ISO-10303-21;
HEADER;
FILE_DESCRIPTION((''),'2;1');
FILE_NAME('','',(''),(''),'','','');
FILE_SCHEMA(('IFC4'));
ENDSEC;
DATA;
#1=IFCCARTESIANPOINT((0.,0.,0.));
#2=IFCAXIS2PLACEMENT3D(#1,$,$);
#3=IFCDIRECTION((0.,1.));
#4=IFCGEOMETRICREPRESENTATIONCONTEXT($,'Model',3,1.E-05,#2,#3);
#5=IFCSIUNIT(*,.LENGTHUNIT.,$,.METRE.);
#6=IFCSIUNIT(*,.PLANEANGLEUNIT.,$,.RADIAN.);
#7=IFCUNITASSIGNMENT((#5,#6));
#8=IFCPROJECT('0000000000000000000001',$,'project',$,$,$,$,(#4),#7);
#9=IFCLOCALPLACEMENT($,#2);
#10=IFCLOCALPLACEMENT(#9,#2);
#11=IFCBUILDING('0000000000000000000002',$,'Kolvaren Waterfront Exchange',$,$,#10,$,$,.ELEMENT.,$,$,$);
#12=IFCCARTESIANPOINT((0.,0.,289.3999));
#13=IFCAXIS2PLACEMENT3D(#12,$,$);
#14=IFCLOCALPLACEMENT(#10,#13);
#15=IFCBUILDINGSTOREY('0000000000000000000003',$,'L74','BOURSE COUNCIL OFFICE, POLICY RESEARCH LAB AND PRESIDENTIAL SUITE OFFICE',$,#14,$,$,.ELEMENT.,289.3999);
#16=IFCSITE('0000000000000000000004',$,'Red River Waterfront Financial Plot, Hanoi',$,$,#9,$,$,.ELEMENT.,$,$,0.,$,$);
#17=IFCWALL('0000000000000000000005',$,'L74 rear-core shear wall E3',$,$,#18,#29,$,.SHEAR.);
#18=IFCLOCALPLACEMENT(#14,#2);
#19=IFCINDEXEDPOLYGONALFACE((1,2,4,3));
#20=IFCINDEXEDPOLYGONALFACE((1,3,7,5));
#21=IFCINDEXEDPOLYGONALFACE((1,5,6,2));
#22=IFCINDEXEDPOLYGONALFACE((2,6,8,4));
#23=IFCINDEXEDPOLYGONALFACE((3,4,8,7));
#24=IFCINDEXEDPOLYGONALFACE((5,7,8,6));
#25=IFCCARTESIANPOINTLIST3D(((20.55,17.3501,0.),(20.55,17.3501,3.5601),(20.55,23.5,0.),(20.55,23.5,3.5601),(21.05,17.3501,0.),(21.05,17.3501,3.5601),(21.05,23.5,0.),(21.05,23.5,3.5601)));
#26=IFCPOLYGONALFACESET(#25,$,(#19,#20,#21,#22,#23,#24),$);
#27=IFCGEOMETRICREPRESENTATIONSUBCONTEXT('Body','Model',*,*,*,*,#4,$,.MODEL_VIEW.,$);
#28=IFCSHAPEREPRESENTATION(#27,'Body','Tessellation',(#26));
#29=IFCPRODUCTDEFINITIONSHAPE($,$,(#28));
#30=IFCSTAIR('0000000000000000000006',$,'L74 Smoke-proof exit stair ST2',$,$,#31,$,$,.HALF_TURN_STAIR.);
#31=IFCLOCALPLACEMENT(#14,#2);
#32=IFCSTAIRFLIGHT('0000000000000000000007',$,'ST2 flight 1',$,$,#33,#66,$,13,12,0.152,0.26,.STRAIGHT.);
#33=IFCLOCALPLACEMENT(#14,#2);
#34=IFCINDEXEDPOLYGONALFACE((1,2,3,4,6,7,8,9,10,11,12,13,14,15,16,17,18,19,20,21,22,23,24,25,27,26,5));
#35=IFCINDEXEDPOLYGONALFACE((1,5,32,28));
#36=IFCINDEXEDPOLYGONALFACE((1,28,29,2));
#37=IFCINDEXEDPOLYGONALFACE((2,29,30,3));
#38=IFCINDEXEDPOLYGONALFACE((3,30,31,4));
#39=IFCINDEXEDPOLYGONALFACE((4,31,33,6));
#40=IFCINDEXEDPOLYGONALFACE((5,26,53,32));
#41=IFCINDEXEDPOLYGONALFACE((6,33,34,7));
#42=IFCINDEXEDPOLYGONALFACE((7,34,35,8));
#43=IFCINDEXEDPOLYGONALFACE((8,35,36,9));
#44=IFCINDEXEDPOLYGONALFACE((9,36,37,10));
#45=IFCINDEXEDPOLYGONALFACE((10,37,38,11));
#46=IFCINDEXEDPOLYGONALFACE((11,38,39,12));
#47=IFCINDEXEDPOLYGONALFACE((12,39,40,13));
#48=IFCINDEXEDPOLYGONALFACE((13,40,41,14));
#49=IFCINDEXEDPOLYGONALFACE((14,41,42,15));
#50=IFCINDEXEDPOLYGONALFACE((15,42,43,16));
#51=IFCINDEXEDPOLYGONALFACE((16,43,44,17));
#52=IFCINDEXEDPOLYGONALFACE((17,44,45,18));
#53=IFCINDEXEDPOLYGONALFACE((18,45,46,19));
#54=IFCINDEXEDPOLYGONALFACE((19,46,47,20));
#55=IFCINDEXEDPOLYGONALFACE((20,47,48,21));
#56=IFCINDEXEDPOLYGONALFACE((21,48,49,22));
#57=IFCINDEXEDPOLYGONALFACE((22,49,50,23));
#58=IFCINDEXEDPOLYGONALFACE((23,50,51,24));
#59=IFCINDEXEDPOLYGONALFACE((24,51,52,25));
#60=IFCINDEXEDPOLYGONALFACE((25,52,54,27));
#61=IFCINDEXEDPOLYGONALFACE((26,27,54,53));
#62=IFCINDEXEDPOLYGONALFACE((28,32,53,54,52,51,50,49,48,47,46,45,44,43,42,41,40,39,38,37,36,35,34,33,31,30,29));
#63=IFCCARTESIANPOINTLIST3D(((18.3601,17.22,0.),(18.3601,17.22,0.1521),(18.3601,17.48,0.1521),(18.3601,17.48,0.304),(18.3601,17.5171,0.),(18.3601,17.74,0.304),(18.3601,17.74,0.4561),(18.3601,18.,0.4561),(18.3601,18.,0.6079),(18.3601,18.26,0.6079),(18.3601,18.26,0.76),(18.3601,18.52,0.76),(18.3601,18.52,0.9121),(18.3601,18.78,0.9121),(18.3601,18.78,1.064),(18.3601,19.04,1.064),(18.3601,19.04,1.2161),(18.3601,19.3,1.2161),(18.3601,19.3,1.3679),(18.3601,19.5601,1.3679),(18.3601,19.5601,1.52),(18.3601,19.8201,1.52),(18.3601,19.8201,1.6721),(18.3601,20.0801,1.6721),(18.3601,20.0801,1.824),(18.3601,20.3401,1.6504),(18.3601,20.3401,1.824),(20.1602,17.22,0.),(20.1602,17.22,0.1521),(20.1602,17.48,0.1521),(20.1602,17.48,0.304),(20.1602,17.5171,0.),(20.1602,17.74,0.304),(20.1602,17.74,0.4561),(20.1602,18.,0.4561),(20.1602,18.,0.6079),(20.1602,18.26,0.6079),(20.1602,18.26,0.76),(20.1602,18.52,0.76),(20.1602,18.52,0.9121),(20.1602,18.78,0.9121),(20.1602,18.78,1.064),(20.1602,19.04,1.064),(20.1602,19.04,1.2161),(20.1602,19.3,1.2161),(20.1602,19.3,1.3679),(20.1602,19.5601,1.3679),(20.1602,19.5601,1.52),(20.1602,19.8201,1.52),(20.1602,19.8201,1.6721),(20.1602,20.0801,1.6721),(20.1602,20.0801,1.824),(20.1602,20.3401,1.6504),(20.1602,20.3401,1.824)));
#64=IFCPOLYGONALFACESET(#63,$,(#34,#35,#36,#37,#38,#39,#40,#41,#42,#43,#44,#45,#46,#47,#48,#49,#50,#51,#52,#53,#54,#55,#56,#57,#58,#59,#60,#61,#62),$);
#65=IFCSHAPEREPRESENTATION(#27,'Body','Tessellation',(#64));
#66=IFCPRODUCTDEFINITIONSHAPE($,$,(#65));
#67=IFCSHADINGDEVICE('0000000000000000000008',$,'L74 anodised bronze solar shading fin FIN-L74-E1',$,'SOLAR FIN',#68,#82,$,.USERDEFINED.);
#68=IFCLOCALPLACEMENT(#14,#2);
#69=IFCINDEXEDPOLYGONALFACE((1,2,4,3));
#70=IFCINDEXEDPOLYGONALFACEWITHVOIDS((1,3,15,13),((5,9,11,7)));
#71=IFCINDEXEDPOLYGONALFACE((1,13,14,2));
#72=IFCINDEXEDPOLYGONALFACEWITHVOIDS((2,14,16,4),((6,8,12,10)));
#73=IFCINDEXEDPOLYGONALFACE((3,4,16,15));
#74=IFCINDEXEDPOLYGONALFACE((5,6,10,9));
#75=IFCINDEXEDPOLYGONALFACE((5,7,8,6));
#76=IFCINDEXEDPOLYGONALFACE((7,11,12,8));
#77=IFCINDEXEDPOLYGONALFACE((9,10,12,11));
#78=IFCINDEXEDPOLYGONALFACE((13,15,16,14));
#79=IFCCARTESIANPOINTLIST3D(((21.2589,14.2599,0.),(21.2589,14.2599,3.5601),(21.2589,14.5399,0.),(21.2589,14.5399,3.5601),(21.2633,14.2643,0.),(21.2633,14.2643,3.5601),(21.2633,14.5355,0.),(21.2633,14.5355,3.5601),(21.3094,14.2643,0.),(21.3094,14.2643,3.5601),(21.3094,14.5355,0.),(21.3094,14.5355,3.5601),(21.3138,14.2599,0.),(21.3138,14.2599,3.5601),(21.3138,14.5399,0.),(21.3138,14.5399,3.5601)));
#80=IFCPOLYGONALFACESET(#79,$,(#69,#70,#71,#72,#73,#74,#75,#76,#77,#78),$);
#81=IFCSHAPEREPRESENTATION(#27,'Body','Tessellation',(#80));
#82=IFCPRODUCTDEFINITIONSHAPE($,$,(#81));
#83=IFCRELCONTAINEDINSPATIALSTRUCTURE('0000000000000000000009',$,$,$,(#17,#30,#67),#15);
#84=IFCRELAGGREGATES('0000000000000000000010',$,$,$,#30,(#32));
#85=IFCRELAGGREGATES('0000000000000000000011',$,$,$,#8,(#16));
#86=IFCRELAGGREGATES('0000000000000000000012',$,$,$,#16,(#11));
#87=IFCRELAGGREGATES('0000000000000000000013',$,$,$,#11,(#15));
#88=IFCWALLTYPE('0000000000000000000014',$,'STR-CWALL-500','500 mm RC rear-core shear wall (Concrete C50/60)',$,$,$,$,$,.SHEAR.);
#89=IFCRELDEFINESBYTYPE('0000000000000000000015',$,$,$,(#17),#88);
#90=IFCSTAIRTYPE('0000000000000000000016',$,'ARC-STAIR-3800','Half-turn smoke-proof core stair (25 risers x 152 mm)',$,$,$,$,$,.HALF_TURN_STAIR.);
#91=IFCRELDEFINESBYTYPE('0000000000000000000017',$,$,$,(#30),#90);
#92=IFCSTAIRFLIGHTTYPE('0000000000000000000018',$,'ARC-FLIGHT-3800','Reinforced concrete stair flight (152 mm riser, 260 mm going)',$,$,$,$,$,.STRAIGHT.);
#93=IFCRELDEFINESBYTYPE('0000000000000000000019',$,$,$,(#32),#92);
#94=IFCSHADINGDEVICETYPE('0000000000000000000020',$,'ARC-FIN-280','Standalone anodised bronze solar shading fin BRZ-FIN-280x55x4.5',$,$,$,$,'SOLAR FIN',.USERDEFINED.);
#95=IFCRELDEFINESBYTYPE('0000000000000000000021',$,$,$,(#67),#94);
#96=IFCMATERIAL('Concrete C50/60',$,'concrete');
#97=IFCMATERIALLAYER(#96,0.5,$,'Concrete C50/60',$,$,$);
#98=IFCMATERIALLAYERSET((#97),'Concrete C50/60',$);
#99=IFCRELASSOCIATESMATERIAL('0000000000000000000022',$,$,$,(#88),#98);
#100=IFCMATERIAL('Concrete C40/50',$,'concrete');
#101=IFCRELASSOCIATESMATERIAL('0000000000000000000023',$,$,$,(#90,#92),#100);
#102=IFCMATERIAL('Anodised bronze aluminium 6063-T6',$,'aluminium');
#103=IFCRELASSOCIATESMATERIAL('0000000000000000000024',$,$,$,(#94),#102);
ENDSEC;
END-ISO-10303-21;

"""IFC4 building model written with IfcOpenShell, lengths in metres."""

from ifc_helpers import new_model, si_unit, direction, frame, frame_2d, origin, origin_2d, place, context, subcontext, project, spatial, polyline, rectangle, hollow_rectangle, outline, extrude, material, layer, layer_set, material_profile, profile_set, type_object, element, aggregate, save


model = new_model("IFC4")

# Units and contexts
model_context = context("Model", 3, precision=1e-05, world=origin(), true_north=direction((0.0, 1.0)))
body_context = subcontext(model_context, "Body", "Model", "MODEL_VIEW")
ifc_project = project(units=[si_unit("LENGTHUNIT", "METRE"), si_unit("PLANEANGLEUNIT", "RADIAN")], contexts=[model_context])

# Site, building, storey
site_placement = place(None, origin())
site = spatial("IfcSite", under=ifc_project, at=site_placement, Name="Red River Waterfront Financial Plot, Hanoi", CompositionType="ELEMENT", RefElevation=0.0)
building_placement = place(site_placement, origin())
building = spatial("IfcBuilding", under=site, at=building_placement, Name="Kolvaren Waterfront Exchange", CompositionType="ELEMENT")
storey_placement = place(building_placement, frame((0.0, 0.0, 289.3999)))
storey = spatial("IfcBuildingStorey", under=building, at=storey_placement, Name="L74", Description="BOURSE COUNCIL OFFICE, POLICY RESEARCH LAB AND PRESIDENTIAL SUITE OFFICE", CompositionType="ELEMENT", Elevation=289.3999)

# Shared definitions
ifc_material_1 = material(Name="Concrete C50/60", Category="concrete")

# Wall
ifc_material_2 = material(Name="Concrete C40/50", Category="concrete")
ifc_layer_1 = layer(ifc_material_1, 0.5, Name="Concrete C50/60")
ifc_layer_set_1 = layer_set([ifc_layer_1], Name="Concrete C50/60")
wall_type_1 = type_object("IfcWallType", Name="STR-CWALL-500", Description="500 mm RC rear-core shear wall (Concrete C50/60)", PredefinedType="SHEAR", material=ifc_layer_set_1)
wall_1_placement = place(storey_placement, frame((20.8, 17.3501, 0.0), z_axis=(0.0, 0.0, 1.0), x_axis=(0.0, 1.0, 0.0)))
element("IfcWall", 1, at=wall_1_placement, inside=storey, type_object=wall_type_1, Name="L74 rear-core shear wall E3", PredefinedType="SHEAR", context=body_context, shape_type="SweptSolid", body=[
    extrude(rectangle(XDim=6.1499, YDim=0.5, at=frame_2d((3.075, 0.0))), origin(), (0.0, 0.0, 1.0), 3.5601),
])

# Stair, stair flight
stair_type = type_object("IfcStairType", Name="ARC-STAIR-3800", Description="Half-turn smoke-proof core stair (25 risers x 152 mm)", PredefinedType="HALF_TURN_STAIR", material=ifc_material_2)
stair_placement = place(storey_placement, origin())
stair = element("IfcStair", 2, at=stair_placement, inside=storey, type_object=stair_type, Name="L74 Smoke-proof exit stair ST2", PredefinedType="HALF_TURN_STAIR")
stair_flight_type = type_object("IfcStairFlightType", Name="ARC-FLIGHT-3800", Description="Reinforced concrete stair flight (152 mm riser, 260 mm going)", PredefinedType="STRAIGHT", material=ifc_material_2)
stair_flight_placement = place(storey_placement, frame((19.26, 17.22, 0.0), z_axis=(0.0, 0.0, 1.0), x_axis=(0.0, 1.0, 0.0)))
stair_flight = element("IfcStairFlight", 3, at=stair_flight_placement, type_object=stair_flight_type, Name="ST2 flight 1", NumberOfRisers=13, NumberOfTreads=12, PredefinedType="STRAIGHT", RiserHeight=0.152, TreadLength=0.26, context=body_context, shape_type="SweptSolid", body=[
    extrude(outline(polyline([(0.0, 0.0), (0.0, 0.1521), (0.26, 0.1521), (0.26, 0.304), (0.52, 0.304), (0.52, 0.4561), (0.78, 0.4561), (0.78, 0.6079), (1.04, 0.6079), (1.04, 0.76), (1.3, 0.76), (1.3, 0.9121), (1.5601, 0.9121), (1.5601, 1.064), (1.8201, 1.064), (1.8201, 1.2161), (2.0801, 1.2161), (2.0801, 1.3679), (2.3401, 1.3679), (2.3401, 1.52), (2.6001, 1.52), (2.6001, 1.6721), (2.8601, 1.6721), (2.8601, 1.824), (3.1201, 1.824), (3.1201, 1.9761), (3.1201, 1.6504), (0.2971, 0.0), (0.0, 0.0)])), frame((0.0, 0.8999, 0.0), z_axis=(0.0, -1.0, 0.0), x_axis=(1.0, 0.0, 0.0)), (0.0, 0.0, 1.0), 1.8),
])
aggregate(stair, [stair_flight])

# Shading device
ifc_material_3 = material(Name="Anodised bronze aluminium 6063-T6", Category="aluminium")
ifc_material_profile_1 = material_profile(ifc_material_3, hollow_rectangle(XDim=0.0549, YDim=0.28, WallThickness=0.0044, at=origin_2d()), Name="BRZ-FIN-280x55x4.5")
ifc_profile_set_1 = profile_set([ifc_material_profile_1], Name="Anodised bronze aluminium 6063-T6")
shading_device_type = type_object("IfcShadingDeviceType", Name="ARC-FIN-280", Description="Standalone anodised bronze solar shading fin BRZ-FIN-280x55x4.5", ElementType="SOLAR FIN", PredefinedType="USERDEFINED", material=ifc_profile_set_1)
shading_device_placement = place(storey_placement, frame((21.2864, 14.3999, 0.0), z_axis=(0.0, 0.0, 1.0), x_axis=(1.0, 0.0, 0.0)))
element("IfcShadingDevice", 4, at=shading_device_placement, inside=storey, type_object=shading_device_type, Name="L74 anodised bronze solar shading fin FIN-L74-E1", ObjectType="SOLAR FIN", PredefinedType="USERDEFINED", context=body_context, shape_type="SweptSolid", body=[
    extrude(hollow_rectangle(XDim=0.0549, YDim=0.28, WallThickness=0.0044, at=origin_2d()), origin(), (0.0, 0.0, 1.0), 3.5601),
])

save(model, "model.ifc")
